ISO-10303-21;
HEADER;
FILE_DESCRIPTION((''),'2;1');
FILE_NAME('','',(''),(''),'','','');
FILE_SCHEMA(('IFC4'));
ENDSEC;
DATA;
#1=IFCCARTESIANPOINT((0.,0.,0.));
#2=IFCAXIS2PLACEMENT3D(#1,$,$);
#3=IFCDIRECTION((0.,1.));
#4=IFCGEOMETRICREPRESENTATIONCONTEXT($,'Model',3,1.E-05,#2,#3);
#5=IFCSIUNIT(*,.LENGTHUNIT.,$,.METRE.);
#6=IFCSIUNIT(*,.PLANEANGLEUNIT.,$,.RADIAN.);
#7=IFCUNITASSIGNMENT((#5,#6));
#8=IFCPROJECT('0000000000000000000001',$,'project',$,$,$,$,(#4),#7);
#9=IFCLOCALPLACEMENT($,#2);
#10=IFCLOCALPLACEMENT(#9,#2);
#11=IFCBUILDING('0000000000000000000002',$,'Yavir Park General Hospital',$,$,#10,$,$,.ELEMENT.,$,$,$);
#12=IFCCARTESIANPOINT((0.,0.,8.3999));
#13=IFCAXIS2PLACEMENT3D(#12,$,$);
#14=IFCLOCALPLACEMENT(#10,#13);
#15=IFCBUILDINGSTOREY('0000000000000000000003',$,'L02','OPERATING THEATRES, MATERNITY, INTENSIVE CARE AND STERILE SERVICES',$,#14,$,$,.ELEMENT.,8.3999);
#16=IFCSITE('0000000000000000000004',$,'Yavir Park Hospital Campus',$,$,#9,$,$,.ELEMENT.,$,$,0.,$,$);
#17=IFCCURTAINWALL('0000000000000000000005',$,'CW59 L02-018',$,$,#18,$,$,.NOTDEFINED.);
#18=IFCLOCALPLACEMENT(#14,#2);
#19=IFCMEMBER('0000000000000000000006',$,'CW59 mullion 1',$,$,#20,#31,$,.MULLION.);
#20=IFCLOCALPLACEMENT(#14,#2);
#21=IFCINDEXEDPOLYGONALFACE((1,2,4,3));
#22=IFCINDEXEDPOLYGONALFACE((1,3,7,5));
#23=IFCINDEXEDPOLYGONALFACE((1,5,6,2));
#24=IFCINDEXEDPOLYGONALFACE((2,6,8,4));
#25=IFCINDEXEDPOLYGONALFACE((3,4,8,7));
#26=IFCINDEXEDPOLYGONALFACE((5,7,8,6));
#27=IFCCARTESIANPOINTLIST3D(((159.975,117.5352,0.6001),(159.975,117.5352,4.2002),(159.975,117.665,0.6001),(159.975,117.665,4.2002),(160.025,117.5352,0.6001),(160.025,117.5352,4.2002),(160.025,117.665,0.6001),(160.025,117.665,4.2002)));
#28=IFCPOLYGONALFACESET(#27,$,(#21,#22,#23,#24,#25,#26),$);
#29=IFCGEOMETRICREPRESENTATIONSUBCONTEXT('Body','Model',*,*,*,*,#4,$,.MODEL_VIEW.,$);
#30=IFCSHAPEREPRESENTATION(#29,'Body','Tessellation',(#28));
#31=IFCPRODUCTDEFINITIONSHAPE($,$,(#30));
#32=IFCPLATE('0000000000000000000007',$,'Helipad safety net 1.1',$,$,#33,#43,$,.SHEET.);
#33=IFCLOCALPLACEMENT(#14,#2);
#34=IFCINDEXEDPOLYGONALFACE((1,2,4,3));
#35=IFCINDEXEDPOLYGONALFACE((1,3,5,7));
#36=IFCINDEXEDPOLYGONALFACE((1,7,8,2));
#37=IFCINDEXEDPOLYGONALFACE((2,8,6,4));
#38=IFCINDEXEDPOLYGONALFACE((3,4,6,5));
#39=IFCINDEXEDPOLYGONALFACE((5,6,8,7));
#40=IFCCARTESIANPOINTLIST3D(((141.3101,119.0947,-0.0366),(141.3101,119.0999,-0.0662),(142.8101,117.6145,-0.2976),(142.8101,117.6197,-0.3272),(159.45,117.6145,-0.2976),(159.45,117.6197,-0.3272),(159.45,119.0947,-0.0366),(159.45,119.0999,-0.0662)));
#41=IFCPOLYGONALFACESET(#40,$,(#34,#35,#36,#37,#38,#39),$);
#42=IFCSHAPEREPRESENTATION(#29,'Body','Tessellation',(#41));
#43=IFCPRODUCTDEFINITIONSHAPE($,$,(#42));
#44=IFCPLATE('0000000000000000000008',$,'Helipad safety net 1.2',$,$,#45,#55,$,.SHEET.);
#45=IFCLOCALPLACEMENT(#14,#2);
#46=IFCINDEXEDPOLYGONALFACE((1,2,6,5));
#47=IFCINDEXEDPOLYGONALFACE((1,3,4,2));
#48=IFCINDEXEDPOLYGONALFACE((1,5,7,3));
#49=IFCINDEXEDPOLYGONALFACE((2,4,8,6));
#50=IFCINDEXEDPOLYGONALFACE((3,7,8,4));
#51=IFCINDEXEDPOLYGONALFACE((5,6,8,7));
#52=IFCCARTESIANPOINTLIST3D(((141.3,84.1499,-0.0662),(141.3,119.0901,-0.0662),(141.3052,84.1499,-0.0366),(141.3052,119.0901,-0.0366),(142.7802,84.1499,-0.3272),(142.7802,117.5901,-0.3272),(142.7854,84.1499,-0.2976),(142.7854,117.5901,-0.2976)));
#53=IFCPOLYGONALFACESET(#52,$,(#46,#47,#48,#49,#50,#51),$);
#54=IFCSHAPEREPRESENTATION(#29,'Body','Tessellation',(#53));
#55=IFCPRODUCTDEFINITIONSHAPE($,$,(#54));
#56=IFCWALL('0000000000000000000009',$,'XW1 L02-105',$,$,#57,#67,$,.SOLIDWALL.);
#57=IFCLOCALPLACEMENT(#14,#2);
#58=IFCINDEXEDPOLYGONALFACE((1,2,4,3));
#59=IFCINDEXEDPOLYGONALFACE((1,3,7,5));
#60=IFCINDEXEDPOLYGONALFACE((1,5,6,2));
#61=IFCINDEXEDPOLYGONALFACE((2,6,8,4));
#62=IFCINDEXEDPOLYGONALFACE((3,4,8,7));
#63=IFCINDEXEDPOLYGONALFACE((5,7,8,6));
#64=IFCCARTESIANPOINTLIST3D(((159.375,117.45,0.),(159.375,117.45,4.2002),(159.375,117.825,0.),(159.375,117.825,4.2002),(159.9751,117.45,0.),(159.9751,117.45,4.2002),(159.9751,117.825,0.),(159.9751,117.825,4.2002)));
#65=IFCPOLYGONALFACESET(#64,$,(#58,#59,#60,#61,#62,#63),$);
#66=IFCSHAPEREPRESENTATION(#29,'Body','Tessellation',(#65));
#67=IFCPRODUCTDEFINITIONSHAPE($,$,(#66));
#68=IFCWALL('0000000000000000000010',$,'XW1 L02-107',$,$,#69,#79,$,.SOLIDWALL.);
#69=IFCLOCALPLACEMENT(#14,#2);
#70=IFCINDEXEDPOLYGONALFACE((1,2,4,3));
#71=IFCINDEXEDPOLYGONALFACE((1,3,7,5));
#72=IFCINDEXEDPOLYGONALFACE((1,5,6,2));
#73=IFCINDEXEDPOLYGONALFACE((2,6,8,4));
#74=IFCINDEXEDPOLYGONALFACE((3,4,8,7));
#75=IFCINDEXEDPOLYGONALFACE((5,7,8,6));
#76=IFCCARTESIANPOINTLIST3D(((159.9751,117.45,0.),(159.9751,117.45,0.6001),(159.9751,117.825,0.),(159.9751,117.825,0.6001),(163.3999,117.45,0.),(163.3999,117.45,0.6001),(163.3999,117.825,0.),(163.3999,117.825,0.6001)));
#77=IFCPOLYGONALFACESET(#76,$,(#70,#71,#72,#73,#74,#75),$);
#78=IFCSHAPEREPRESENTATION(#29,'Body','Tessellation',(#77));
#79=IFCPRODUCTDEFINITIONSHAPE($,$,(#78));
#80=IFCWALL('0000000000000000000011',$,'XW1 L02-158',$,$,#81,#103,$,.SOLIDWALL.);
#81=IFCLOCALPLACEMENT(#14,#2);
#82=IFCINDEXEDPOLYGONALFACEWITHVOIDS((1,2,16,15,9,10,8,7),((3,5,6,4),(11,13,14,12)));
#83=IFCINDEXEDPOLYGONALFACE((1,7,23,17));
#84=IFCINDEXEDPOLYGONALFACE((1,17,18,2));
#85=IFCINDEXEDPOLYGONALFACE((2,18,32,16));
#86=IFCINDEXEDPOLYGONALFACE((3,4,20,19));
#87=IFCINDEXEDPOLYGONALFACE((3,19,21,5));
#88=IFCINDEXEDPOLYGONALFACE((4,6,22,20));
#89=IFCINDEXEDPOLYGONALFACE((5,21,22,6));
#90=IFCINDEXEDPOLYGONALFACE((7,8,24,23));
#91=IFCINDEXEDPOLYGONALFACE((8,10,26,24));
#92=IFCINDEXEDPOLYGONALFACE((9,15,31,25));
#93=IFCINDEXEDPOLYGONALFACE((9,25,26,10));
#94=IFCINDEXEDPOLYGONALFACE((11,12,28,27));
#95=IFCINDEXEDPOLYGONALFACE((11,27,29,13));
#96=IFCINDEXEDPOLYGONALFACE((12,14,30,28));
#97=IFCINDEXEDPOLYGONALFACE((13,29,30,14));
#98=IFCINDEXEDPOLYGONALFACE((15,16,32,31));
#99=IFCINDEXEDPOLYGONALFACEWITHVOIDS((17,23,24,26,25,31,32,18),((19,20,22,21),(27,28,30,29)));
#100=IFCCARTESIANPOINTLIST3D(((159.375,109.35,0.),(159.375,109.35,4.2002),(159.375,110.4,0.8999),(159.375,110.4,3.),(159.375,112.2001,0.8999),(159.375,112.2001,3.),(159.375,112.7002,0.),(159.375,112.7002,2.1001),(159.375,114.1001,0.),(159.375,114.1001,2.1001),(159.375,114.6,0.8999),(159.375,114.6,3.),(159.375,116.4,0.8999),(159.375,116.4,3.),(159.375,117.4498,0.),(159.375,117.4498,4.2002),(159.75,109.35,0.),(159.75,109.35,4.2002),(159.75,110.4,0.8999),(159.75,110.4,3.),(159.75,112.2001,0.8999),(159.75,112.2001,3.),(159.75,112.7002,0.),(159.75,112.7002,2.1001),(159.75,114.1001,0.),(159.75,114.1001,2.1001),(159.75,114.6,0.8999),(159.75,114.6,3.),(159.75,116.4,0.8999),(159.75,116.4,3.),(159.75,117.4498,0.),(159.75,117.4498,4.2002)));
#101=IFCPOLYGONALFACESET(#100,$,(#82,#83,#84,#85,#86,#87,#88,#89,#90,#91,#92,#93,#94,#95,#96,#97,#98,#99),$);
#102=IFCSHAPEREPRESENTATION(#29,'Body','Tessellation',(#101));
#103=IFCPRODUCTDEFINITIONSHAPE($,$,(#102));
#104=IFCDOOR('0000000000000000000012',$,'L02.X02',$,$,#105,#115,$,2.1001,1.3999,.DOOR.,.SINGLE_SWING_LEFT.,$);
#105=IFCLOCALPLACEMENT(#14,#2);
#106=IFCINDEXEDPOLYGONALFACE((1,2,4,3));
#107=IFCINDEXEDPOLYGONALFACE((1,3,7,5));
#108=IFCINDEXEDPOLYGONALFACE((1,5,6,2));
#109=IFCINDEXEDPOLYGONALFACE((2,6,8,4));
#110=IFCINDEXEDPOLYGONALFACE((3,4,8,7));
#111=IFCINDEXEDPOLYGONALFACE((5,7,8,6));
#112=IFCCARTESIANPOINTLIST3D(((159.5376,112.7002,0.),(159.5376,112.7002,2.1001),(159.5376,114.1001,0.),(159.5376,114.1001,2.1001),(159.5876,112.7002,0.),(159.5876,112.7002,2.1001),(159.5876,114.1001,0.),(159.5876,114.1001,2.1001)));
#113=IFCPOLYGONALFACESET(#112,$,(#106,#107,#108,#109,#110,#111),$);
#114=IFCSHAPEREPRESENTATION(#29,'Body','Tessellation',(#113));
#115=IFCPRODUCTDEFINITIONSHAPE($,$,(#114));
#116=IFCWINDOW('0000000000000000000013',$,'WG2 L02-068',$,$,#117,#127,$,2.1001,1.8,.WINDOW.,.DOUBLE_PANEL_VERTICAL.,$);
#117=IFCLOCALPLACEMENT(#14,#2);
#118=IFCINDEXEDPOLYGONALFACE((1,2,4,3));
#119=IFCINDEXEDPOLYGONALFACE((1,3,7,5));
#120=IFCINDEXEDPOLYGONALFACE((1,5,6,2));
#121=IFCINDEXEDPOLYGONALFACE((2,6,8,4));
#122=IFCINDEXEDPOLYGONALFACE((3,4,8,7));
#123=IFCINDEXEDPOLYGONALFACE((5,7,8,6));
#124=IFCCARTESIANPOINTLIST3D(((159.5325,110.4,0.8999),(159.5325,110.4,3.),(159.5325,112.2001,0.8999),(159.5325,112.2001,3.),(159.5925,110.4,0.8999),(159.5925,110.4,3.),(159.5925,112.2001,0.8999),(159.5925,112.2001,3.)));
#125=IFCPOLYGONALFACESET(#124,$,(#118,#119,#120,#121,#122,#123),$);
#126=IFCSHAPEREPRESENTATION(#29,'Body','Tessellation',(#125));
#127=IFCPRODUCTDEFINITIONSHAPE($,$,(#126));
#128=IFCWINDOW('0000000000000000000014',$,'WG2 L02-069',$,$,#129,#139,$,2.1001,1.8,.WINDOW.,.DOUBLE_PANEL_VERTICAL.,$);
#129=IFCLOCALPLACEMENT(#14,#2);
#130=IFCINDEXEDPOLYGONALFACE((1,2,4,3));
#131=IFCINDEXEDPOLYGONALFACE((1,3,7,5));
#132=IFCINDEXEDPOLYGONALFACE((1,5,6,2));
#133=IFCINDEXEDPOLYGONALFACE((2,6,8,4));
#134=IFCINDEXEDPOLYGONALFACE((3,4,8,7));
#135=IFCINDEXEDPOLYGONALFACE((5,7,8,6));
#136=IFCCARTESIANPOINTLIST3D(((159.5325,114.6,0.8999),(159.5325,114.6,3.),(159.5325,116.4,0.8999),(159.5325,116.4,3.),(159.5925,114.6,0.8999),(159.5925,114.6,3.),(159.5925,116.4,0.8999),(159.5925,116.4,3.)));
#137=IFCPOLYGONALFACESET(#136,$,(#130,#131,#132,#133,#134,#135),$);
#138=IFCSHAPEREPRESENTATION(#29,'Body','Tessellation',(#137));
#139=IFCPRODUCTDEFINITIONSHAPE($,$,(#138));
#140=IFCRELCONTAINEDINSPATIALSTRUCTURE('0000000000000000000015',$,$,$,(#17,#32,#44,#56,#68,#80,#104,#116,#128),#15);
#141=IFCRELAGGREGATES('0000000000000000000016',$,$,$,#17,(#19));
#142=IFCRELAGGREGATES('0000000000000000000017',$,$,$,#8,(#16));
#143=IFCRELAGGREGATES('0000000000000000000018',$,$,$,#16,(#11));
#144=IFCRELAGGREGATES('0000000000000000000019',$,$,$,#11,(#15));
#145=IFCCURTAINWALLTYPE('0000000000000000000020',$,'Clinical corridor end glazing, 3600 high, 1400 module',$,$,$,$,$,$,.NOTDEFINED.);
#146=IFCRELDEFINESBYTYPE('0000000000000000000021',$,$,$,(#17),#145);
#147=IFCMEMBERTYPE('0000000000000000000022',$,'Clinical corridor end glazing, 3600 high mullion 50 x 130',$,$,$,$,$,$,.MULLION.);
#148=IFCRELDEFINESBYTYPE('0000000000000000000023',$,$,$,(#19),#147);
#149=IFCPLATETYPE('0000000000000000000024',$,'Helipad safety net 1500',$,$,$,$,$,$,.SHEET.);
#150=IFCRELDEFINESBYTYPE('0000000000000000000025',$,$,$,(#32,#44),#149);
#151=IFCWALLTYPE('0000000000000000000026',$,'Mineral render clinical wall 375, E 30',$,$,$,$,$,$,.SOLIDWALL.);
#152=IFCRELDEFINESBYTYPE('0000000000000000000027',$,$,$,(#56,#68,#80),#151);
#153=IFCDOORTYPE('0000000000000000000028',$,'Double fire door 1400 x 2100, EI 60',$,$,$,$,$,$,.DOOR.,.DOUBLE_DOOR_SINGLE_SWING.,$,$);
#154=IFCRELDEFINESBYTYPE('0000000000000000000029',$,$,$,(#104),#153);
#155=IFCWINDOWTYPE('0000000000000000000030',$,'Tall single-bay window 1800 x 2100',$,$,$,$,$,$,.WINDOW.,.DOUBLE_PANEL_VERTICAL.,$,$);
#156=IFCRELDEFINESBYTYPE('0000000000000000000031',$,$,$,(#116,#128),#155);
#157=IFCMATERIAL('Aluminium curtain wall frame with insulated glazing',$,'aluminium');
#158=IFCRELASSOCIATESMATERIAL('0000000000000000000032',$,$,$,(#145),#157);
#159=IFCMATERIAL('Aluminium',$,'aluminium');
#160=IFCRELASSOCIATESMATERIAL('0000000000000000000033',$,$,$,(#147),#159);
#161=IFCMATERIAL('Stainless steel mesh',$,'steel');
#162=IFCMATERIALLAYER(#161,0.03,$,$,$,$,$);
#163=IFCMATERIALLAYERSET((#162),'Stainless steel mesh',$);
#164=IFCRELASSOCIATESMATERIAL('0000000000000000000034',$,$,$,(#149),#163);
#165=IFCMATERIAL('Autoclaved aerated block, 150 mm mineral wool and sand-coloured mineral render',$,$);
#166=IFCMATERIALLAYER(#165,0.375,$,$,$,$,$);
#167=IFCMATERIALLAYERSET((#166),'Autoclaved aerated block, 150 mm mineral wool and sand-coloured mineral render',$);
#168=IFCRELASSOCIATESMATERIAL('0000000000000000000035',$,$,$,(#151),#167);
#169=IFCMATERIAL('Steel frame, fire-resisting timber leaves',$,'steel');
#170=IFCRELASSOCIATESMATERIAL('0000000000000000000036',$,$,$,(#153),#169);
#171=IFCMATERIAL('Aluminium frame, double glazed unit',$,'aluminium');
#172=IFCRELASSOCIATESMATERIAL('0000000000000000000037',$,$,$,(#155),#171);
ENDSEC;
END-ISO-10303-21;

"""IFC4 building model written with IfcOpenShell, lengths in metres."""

from ifc_helpers import new_model, si_unit, direction, frame, frame_2d, origin, origin_2d, place, context, subcontext, project, spatial, polyline, rectangle, outline, extrude, material, layer, layer_set, material_profile, profile_set, type_object, element, fill, aggregate, save


model = new_model("IFC4")

# Units and contexts
model_context = context("Model", 3, precision=1e-05, world=origin(), true_north=direction((0.0, 1.0)))
body_context = subcontext(model_context, "Body", "Model", "MODEL_VIEW")
ifc_project = project(units=[si_unit("LENGTHUNIT", "METRE"), si_unit("PLANEANGLEUNIT", "RADIAN")], contexts=[model_context])

# Site, building, storey
site_placement = place(None, origin())
site = spatial("IfcSite", under=ifc_project, at=site_placement, Name="Yavir Park Hospital Campus", CompositionType="ELEMENT", RefElevation=0.0)
building_placement = place(site_placement, origin())
building = spatial("IfcBuilding", under=site, at=building_placement, Name="Yavir Park General Hospital", CompositionType="ELEMENT")
storey_placement = place(building_placement, frame((0.0, 0.0, 8.3999)))
storey = spatial("IfcBuildingStorey", under=building, at=storey_placement, Name="L02", Description="OPERATING THEATRES, MATERNITY, INTENSIVE CARE AND STERILE SERVICES", CompositionType="ELEMENT", Elevation=8.3999)

# Curtain wall, member
ifc_material_1 = material(Name="Aluminium curtain wall frame with insulated glazing", Category="aluminium")
curtain_wall_type = type_object("IfcCurtainWallType", Name="Clinical corridor end glazing, 3600 high, 1400 module", PredefinedType="NOTDEFINED", material=ifc_material_1)
curtain_wall_placement = place(storey_placement, origin())
curtain_wall = element("IfcCurtainWall", 1, at=curtain_wall_placement, inside=storey, type_object=curtain_wall_type, Name="CW59 L02-018", PredefinedType="NOTDEFINED")
ifc_material_2 = material(Name="Aluminium", Category="aluminium")
ifc_material_profile_1 = material_profile(ifc_material_2, rectangle(XDim=0.1299, YDim=0.05, at=origin_2d()), Name="AL 50x130")
ifc_profile_set_1 = profile_set([ifc_material_profile_1], Name="Aluminium")
member_type = type_object("IfcMemberType", Name="Clinical corridor end glazing, 3600 high mullion 50 x 130", PredefinedType="MULLION", material=ifc_profile_set_1)
member_placement = place(storey_placement, frame((160.0, 117.6001, 0.6001), z_axis=(0.0, 0.0, 1.0), x_axis=(0.0, 1.0, 0.0)))
member = element("IfcMember", 2, at=member_placement, type_object=member_type, Name="CW59 mullion 1", PredefinedType="MULLION", context=body_context, shape_type="SweptSolid", body=[
    extrude(rectangle(XDim=0.1299, YDim=0.05, at=origin_2d()), origin(), (0.0, 0.0, 1.0), 3.6001),
])
aggregate(curtain_wall, [member])

# Plates
ifc_material_3 = material(Name="Stainless steel mesh", Category="steel")
ifc_layer_1 = layer(ifc_material_3, 0.03)
ifc_layer_set_1 = layer_set([ifc_layer_1], Name="Stainless steel mesh")
plate_type = type_object("IfcPlateType", Name="Helipad safety net 1500", PredefinedType="SHEET", material=ifc_layer_set_1)
plate_1_placement = place(storey_placement, frame((159.45, 117.6145, -0.2976), z_axis=(0.0, -0.173637, 0.98481), x_axis=(-1.0, 0.0, 0.0)))
element("IfcPlate", 3, at=plate_1_placement, inside=storey, type_object=plate_type, Name="Helipad safety net 1.1", PredefinedType="SHEET", context=body_context, shape_type="SweptSolid", body=[
    extrude(outline(polyline([(0.0, 0.0), (16.6399, 0.0), (18.1399, -1.5031), (0.0, -1.5031), (0.0, 0.0)])), origin(), (0.0, 0.0, -1.0), 0.03),
])
plate_2_placement = place(storey_placement, frame((142.7854, 117.5901, -0.2976), z_axis=(0.173637, 0.0, 0.98481), x_axis=(0.0, -1.0, 0.0)))
element("IfcPlate", 4, at=plate_2_placement, inside=storey, type_object=plate_type, Name="Helipad safety net 1.2", PredefinedType="SHEET", context=body_context, shape_type="SweptSolid", body=[
    extrude(outline(polyline([(0.0, 0.0), (33.4402, 0.0), (33.4402, -1.5031), (-1.5, -1.5031), (0.0, 0.0)])), origin(), (0.0, 0.0, -1.0), 0.03),
])

# Walls
ifc_material_4 = material(Name="Autoclaved aerated block, 150 mm mineral wool and sand-coloured mineral render")
ifc_layer_2 = layer(ifc_material_4, 0.375)
ifc_layer_set_2 = layer_set([ifc_layer_2], Name="Autoclaved aerated block, 150 mm mineral wool and sand-coloured mineral render")
wall_type = type_object("IfcWallType", Name="Mineral render clinical wall 375, E 30", PredefinedType="SOLIDWALL", material=ifc_layer_set_2)
wall_1_placement = place(storey_placement, frame((159.375, 117.6375, 0.0), z_axis=(0.0, 0.0, 1.0), x_axis=(1.0, 0.0, 0.0)))
element("IfcWall", 5, at=wall_1_placement, inside=storey, type_object=wall_type, Name="XW1 L02-105", PredefinedType="SOLIDWALL", context=body_context, shape_type="SweptSolid", body=[
    extrude(rectangle(XDim=0.6001, YDim=0.375, at=frame_2d((0.3, 0.0))), origin(), (0.0, 0.0, 1.0), 4.2002),
])
wall_2_placement = place(storey_placement, frame((159.9751, 117.6375, 0.0), z_axis=(0.0, 0.0, 1.0), x_axis=(1.0, 0.0, 0.0)))
element("IfcWall", 6, at=wall_2_placement, inside=storey, type_object=wall_type, Name="XW1 L02-107", PredefinedType="SOLIDWALL", context=body_context, shape_type="SweptSolid", body=[
    extrude(rectangle(XDim=3.4248, YDim=0.375, at=frame_2d((1.7124, 0.0))), origin(), (0.0, 0.0, 1.0), 0.6001),
])

# Wall, openings, door, windows
wall_3_placement = place(storey_placement, frame((159.5625, 109.3501, 0.0), z_axis=(0.0, 0.0, 1.0), x_axis=(0.0, 1.0, 0.0)))
wall_3 = element("IfcWall", 7, at=wall_3_placement, inside=storey, type_object=wall_type, Name="XW1 L02-158", PredefinedType="SOLIDWALL", context=body_context, shape_type="SweptSolid", body=[
    extrude(rectangle(XDim=8.0999, YDim=0.375, at=frame_2d((4.0498, 0.0))), origin(), (0.0, 0.0, 1.0), 4.2002),
])
opening_1_placement = place(wall_3_placement, frame((1.05, 0.0, 0.8999)))
opening_1 = element("IfcOpeningElement", 8, at=opening_1_placement, cuts=wall_3, PredefinedType="OPENING", context=body_context, shape_type="SweptSolid", body=[
    extrude(rectangle(XDim=1.8, YDim=2.1001, at=frame_2d((0.8999, 1.05))), frame((0.0, 0.1975, 0.0), z_axis=(0.0, -1.0, 0.0), x_axis=(1.0, 0.0, 0.0)), (0.0, 0.0, 1.0), 0.395),
])
opening_2_placement = place(wall_3_placement, frame((5.25, 0.0, 0.8999)))
opening_2 = element("IfcOpeningElement", 9, at=opening_2_placement, cuts=wall_3, PredefinedType="OPENING", context=body_context, shape_type="SweptSolid", body=[
    extrude(rectangle(XDim=1.8, YDim=2.1001, at=frame_2d((0.8999, 1.05))), frame((0.0, 0.1975, 0.0), z_axis=(0.0, -1.0, 0.0), x_axis=(1.0, 0.0, 0.0)), (0.0, 0.0, 1.0), 0.395),
])
opening_3_placement = place(wall_3_placement, frame((3.3501, 0.0, 0.0)))
opening_3 = element("IfcOpeningElement", 10, at=opening_3_placement, cuts=wall_3, PredefinedType="OPENING", context=body_context, shape_type="SweptSolid", body=[
    extrude(rectangle(XDim=1.3999, YDim=2.1001, at=frame_2d((0.7, 1.05))), frame((0.0, 0.1975, 0.0), z_axis=(0.0, -1.0, 0.0), x_axis=(1.0, 0.0, 0.0)), (0.0, 0.0, 1.0), 0.395),
])
ifc_material_5 = material(Name="Steel frame, fire-resisting timber leaves", Category="steel")
door_type = type_object("IfcDoorType", Name="Double fire door 1400 x 2100, EI 60", OperationType="DOUBLE_DOOR_SINGLE_SWING", PredefinedType="DOOR", material=ifc_material_5)
door_placement = place(opening_3_placement, origin())
door = element("IfcDoor", 11, at=door_placement, inside=storey, type_object=door_type, Name="L02.X02", OperationType="SINGLE_SWING_LEFT", OverallHeight=2.1001, OverallWidth=1.3999, PredefinedType="DOOR", context=body_context, shape_type="SweptSolid", body=[
    extrude(rectangle(XDim=1.3999, YDim=2.1001, at=frame_2d((0.7, 1.05))), frame((0.0, 0.0249, 0.0), z_axis=(0.0, -1.0, 0.0), x_axis=(1.0, 0.0, 0.0)), (0.0, 0.0, 1.0), 0.05),
])
fill(opening_3, door)
ifc_material_6 = material(Name="Aluminium frame, double glazed unit", Category="aluminium")
window_type = type_object("IfcWindowType", Name="Tall single-bay window 1800 x 2100", PartitioningType="DOUBLE_PANEL_VERTICAL", PredefinedType="WINDOW", material=ifc_material_6)
window_1_placement = place(opening_1_placement, origin())
window_1 = element("IfcWindow", 12, at=window_1_placement, inside=storey, type_object=window_type, Name="WG2 L02-068", OverallHeight=2.1001, OverallWidth=1.8, PartitioningType="DOUBLE_PANEL_VERTICAL", PredefinedType="WINDOW", context=body_context, shape_type="SweptSolid", body=[
    extrude(rectangle(XDim=1.8, YDim=2.1001, at=frame_2d((0.8999, 1.05))), frame((0.0, 0.03, 0.0), z_axis=(0.0, -1.0, 0.0), x_axis=(1.0, 0.0, 0.0)), (0.0, 0.0, 1.0), 0.0601),
])
fill(opening_1, window_1)
window_2_placement = place(opening_2_placement, origin())
window_2 = element("IfcWindow", 13, at=window_2_placement, inside=storey, type_object=window_type, Name="WG2 L02-069", OverallHeight=2.1001, OverallWidth=1.8, PartitioningType="DOUBLE_PANEL_VERTICAL", PredefinedType="WINDOW", context=body_context, shape_type="SweptSolid", body=[
    extrude(rectangle(XDim=1.8, YDim=2.1001, at=frame_2d((0.8999, 1.05))), frame((0.0, 0.03, 0.0), z_axis=(0.0, -1.0, 0.0), x_axis=(1.0, 0.0, 0.0)), (0.0, 0.0, 1.0), 0.0601),
])
fill(opening_2, window_2)

save(model, "model.ifc")
